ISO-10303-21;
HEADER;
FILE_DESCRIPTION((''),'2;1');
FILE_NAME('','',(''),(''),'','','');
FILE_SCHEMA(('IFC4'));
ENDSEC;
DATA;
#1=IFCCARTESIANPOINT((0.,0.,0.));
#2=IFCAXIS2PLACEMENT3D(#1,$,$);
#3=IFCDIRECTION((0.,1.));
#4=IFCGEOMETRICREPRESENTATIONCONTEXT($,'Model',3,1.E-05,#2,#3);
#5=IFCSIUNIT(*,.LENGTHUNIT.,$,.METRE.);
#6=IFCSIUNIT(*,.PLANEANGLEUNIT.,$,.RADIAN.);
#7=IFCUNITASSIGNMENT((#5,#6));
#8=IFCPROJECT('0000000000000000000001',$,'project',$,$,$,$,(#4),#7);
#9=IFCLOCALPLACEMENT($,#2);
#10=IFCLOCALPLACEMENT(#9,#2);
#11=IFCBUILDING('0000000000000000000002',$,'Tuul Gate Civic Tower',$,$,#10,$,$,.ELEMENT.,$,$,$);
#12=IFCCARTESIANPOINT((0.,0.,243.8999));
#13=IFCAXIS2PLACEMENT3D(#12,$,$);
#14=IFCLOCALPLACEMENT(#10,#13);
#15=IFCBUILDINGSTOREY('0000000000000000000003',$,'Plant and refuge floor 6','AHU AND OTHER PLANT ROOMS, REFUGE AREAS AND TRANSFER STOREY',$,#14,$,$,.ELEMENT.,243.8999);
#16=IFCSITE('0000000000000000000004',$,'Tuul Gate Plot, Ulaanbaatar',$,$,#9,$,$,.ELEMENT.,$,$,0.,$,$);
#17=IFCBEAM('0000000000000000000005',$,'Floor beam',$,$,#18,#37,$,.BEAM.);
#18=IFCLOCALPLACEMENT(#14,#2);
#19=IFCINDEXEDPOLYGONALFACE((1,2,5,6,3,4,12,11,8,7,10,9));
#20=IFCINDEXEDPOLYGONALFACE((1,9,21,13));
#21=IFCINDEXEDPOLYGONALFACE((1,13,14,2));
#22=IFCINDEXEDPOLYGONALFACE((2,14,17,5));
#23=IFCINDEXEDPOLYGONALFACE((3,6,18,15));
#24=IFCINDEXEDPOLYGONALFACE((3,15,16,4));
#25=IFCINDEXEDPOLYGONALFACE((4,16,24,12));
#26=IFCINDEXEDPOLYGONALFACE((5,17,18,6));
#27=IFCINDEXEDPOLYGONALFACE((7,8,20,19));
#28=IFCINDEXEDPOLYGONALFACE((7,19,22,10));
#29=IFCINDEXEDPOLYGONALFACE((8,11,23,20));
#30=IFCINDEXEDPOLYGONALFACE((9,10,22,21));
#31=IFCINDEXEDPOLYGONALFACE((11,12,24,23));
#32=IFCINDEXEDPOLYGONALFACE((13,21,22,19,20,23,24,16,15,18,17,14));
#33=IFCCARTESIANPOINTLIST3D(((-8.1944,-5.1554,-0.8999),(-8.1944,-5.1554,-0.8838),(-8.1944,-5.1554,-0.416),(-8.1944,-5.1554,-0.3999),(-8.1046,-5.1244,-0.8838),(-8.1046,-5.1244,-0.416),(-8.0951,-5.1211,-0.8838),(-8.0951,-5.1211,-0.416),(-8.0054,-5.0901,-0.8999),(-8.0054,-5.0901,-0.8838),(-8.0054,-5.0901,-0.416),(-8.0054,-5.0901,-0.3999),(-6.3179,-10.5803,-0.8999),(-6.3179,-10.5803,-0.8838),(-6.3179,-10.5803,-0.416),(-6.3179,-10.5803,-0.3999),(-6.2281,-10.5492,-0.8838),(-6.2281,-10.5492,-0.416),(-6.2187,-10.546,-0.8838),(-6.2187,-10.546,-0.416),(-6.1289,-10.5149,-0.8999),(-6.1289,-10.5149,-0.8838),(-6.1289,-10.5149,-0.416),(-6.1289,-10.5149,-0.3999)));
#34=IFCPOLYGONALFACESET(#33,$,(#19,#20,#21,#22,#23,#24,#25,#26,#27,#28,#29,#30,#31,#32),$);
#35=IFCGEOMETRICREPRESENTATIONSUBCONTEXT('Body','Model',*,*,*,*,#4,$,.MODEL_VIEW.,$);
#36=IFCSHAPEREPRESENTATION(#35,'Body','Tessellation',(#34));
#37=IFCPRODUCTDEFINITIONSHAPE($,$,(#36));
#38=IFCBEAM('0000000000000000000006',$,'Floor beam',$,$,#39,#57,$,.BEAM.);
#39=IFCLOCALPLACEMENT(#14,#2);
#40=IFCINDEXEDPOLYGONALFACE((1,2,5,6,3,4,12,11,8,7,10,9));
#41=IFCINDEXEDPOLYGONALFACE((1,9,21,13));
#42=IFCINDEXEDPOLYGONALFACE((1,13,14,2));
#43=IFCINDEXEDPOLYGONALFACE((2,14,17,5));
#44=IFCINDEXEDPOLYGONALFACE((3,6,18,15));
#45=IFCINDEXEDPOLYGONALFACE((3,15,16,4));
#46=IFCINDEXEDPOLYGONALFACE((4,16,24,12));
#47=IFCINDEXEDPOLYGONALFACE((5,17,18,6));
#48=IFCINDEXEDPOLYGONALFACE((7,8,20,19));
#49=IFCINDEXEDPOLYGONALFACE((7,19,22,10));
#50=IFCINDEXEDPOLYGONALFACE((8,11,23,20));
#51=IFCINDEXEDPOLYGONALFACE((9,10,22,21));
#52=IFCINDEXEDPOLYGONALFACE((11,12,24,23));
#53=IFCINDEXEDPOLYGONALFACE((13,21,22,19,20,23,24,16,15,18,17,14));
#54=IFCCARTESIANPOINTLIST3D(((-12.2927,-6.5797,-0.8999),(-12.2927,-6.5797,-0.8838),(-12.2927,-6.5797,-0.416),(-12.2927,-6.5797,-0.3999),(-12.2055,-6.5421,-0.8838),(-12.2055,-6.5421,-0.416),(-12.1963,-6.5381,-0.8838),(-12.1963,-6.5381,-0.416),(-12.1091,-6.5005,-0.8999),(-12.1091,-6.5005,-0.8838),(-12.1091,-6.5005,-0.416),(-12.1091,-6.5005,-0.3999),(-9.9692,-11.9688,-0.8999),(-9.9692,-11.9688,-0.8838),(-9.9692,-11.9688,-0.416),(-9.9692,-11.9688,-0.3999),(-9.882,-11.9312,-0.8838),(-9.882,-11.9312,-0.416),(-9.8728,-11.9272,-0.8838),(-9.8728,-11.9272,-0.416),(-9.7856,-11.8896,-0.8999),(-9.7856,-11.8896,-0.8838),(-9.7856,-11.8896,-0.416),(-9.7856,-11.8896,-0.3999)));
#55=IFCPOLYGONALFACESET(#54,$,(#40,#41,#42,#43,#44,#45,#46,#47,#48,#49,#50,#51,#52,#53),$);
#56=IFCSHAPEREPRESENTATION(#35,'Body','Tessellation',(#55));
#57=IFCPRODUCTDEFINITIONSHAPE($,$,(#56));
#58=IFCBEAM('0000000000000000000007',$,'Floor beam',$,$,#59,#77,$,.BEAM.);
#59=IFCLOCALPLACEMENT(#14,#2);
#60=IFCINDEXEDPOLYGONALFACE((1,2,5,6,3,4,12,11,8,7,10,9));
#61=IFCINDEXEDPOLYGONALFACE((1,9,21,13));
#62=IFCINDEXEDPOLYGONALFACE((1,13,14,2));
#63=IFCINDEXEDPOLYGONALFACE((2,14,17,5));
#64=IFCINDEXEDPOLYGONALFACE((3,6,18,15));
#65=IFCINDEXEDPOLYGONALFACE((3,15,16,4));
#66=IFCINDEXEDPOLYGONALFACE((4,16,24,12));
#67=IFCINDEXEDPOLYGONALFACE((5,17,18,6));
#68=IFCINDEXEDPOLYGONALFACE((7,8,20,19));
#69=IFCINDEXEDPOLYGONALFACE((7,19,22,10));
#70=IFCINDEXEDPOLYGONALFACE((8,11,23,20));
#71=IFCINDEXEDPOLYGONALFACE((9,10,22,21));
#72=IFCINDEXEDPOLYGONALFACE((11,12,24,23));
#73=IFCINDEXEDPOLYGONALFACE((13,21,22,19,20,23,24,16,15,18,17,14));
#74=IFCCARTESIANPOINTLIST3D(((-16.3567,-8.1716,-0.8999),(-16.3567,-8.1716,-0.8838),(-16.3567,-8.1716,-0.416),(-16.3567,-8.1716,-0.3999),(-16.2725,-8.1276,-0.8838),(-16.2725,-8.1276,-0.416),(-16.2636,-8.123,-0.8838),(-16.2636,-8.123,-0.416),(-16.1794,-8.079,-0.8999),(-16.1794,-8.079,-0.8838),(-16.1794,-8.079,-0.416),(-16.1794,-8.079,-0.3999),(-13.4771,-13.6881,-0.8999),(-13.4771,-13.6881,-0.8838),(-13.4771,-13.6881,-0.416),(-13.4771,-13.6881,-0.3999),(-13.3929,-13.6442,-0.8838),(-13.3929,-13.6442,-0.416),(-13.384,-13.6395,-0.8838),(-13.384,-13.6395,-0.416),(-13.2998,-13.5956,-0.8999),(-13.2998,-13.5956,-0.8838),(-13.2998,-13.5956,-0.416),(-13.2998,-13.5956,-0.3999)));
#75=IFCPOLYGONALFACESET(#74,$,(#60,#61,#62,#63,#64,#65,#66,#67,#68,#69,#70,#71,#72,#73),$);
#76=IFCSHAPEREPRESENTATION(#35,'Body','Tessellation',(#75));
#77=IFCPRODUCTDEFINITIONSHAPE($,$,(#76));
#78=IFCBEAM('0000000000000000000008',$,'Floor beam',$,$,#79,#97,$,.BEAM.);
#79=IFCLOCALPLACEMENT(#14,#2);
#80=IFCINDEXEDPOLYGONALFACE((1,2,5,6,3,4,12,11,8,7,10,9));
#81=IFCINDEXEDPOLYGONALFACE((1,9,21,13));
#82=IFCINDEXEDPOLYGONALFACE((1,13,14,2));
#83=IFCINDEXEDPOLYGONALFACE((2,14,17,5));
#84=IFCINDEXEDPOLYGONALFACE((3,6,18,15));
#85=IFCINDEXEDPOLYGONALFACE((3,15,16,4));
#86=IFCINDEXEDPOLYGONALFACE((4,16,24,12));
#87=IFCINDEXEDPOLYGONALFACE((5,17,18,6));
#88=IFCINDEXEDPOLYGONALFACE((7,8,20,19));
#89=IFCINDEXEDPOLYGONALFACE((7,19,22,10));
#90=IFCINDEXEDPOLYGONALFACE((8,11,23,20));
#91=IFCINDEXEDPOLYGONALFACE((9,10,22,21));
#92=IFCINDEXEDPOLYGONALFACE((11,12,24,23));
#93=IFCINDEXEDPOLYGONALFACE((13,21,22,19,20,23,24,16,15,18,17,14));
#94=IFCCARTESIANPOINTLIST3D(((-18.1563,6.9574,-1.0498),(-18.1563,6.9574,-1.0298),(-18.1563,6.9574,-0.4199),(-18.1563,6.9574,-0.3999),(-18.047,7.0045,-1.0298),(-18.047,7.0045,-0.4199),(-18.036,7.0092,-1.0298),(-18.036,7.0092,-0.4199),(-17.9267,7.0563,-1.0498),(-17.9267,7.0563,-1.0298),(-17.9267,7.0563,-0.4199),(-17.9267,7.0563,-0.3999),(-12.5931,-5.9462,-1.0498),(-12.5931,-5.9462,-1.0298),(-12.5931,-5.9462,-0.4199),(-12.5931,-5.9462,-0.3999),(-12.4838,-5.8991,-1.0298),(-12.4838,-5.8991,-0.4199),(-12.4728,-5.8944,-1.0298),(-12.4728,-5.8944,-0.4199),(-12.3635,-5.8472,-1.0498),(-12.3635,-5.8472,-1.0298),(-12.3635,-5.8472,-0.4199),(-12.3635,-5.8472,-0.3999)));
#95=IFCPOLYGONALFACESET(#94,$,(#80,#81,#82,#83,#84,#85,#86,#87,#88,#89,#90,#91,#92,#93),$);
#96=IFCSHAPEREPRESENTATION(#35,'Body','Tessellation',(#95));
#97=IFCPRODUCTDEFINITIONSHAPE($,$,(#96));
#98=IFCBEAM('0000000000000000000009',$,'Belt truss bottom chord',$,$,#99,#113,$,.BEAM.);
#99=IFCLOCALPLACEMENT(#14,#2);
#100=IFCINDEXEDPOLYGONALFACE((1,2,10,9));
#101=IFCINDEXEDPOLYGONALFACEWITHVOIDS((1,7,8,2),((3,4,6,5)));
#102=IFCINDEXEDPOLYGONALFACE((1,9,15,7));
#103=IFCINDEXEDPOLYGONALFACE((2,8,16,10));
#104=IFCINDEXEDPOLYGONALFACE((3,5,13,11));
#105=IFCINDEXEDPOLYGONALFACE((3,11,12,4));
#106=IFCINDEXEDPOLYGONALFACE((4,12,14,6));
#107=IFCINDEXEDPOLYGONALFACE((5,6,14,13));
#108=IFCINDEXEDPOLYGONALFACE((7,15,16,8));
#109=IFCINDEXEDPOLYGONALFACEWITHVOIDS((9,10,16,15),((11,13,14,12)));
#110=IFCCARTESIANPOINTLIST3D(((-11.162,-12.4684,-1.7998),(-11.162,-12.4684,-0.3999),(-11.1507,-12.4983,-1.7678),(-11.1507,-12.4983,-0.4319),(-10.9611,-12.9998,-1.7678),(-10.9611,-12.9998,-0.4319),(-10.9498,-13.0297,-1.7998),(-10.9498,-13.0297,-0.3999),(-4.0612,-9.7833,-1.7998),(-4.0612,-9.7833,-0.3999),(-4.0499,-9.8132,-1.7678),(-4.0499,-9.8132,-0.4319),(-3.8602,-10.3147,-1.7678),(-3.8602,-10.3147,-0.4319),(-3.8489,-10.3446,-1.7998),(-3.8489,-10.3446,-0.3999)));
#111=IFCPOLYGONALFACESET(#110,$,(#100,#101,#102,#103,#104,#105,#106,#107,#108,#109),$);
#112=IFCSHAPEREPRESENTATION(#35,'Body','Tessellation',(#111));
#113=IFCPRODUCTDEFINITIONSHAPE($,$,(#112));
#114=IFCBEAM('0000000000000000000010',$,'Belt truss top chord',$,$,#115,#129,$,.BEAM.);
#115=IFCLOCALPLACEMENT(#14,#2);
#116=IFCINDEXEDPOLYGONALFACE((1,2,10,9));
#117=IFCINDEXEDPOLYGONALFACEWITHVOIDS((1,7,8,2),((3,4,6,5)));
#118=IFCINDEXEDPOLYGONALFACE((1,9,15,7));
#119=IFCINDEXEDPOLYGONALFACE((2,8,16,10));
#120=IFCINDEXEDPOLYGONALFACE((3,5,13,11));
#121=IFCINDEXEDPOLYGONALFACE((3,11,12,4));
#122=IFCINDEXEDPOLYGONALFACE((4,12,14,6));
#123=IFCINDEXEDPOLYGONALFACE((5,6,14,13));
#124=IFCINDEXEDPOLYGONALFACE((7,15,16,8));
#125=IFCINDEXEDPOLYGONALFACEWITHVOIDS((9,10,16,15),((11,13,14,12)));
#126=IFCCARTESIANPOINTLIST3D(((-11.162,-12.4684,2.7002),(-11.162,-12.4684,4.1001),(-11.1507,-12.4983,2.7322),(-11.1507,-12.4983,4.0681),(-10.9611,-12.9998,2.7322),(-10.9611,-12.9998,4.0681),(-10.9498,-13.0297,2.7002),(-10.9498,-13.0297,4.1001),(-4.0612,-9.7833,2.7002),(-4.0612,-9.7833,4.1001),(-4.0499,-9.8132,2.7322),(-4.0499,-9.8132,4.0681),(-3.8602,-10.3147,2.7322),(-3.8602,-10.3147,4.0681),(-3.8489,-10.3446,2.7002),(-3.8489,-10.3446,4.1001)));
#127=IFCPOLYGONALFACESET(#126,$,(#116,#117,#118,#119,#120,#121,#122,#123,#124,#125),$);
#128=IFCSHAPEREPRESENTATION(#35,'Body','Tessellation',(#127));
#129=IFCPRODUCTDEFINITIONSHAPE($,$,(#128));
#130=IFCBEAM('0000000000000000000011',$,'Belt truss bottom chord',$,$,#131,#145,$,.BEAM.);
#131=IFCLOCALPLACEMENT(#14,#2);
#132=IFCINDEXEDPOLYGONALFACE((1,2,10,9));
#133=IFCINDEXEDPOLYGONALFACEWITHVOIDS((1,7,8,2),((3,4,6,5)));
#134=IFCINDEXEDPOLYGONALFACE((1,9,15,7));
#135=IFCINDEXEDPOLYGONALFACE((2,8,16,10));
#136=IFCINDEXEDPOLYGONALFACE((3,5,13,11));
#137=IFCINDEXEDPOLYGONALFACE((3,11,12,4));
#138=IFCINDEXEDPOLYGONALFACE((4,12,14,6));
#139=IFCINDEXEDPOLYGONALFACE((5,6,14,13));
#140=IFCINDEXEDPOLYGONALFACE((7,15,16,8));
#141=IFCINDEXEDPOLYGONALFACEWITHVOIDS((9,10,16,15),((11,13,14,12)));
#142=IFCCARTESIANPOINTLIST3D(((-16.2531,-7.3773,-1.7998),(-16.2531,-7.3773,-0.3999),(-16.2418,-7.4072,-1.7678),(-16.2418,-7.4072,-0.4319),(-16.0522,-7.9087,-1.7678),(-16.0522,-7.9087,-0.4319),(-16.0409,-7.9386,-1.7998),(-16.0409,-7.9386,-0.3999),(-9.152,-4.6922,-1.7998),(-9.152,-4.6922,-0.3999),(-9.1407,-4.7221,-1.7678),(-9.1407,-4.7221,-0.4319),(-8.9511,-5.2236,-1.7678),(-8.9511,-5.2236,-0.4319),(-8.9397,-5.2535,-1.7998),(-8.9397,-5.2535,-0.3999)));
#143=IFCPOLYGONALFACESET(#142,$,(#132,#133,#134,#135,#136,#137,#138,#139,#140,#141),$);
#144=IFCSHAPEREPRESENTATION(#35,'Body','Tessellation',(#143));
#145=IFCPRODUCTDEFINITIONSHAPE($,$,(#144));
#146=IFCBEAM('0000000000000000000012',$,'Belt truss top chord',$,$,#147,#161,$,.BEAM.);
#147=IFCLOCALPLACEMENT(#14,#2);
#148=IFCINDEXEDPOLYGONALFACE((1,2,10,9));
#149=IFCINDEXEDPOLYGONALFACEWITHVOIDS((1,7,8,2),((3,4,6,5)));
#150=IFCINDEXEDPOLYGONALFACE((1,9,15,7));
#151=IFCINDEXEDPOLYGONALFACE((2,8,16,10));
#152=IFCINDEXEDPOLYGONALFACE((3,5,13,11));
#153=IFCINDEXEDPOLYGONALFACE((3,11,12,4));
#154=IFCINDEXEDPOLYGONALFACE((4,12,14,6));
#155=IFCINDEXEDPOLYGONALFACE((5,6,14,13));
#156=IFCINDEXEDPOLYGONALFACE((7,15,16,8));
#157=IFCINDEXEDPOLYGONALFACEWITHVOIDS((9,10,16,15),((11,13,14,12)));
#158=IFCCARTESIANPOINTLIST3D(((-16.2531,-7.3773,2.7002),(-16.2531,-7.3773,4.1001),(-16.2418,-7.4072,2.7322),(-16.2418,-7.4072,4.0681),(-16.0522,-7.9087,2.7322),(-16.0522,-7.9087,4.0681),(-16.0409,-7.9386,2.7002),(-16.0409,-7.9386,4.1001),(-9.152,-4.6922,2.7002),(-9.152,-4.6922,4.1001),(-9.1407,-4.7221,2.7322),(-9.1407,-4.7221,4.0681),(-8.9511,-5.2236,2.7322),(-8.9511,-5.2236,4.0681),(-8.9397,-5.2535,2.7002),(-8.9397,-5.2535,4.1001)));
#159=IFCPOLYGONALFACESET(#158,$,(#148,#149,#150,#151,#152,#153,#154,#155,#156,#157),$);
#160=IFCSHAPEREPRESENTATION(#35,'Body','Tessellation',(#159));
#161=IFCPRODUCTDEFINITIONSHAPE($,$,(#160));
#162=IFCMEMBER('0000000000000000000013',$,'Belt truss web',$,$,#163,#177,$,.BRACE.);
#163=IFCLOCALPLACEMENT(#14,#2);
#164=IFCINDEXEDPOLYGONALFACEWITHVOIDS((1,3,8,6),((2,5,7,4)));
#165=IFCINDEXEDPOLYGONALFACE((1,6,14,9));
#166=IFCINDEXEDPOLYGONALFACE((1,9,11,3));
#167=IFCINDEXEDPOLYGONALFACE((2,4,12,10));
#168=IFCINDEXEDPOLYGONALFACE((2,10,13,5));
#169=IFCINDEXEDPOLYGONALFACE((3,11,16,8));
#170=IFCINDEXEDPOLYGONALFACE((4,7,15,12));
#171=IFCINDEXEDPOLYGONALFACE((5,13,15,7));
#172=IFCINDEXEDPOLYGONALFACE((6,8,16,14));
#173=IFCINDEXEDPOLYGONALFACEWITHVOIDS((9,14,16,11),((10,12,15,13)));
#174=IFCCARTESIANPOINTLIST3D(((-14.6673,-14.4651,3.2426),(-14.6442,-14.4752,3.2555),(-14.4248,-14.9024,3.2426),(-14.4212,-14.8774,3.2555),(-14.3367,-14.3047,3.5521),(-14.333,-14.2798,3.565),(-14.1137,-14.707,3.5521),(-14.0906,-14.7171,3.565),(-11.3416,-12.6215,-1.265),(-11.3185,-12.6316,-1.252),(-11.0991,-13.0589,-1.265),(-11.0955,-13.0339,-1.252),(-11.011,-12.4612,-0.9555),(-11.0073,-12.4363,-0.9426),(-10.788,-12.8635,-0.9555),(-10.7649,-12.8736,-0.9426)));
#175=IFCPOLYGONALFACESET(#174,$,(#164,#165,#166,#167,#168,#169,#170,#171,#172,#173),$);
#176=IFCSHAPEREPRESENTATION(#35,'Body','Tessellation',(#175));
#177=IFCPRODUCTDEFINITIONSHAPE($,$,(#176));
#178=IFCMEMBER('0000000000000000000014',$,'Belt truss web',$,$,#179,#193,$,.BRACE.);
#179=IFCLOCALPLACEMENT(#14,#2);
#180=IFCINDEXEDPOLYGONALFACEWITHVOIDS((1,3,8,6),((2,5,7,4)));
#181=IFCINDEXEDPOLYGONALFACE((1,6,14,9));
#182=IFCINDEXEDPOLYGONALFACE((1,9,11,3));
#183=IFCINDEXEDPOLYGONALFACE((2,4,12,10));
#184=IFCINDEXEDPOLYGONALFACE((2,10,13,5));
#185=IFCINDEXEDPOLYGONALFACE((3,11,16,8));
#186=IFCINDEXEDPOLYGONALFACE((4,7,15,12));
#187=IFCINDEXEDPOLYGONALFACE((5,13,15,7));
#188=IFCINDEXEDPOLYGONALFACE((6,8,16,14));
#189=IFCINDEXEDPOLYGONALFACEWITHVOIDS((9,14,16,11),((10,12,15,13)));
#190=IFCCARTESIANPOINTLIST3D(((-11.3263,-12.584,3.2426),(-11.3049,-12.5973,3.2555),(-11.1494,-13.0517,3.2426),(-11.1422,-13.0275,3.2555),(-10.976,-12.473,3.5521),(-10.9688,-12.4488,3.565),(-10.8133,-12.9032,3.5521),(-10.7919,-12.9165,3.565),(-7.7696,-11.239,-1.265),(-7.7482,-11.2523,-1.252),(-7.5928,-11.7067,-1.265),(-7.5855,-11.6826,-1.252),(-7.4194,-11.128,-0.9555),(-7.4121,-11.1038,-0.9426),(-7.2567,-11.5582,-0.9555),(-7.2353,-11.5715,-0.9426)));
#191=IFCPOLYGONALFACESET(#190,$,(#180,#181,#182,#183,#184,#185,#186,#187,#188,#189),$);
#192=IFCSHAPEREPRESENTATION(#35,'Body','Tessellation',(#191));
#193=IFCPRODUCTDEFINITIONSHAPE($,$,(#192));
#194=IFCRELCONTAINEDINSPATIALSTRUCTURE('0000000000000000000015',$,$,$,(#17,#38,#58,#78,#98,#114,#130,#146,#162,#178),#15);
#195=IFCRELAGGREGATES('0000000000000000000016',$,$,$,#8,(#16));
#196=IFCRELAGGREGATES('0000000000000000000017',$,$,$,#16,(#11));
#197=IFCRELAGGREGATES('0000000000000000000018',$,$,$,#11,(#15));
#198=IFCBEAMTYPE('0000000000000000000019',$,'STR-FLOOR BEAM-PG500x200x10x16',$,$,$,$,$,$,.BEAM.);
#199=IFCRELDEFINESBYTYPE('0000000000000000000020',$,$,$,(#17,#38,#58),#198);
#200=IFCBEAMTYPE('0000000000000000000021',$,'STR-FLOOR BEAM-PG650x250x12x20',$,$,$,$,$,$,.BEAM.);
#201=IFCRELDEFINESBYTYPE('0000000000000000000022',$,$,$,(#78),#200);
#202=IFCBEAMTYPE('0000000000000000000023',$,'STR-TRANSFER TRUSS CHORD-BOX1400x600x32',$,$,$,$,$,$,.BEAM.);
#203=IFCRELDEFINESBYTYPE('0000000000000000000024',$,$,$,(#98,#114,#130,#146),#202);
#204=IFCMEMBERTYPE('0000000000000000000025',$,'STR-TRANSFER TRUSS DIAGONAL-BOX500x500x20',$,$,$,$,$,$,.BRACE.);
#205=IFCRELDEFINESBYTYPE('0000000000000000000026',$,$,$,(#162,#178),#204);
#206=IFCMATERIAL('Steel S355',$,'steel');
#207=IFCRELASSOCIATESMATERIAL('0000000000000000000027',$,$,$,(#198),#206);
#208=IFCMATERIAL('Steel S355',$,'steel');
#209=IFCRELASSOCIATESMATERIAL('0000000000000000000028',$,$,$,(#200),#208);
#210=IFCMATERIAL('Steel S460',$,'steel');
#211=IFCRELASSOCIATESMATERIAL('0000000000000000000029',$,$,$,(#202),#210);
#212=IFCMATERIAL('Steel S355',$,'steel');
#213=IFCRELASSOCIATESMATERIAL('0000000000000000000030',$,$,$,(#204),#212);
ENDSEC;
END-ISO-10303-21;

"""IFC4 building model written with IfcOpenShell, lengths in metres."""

from ifc_helpers import new_model, si_unit, direction, frame, origin, origin_2d, place, context, subcontext, project, spatial, hollow_rectangle, i_section, extrude, material, material_profile, profile_set, type_object, element, save


model = new_model("IFC4")

# Units and contexts
model_context = context("Model", 3, precision=1e-05, world=origin(), true_north=direction((0.0, 1.0)))
body_context = subcontext(model_context, "Body", "Model", "MODEL_VIEW")
ifc_project = project(units=[si_unit("LENGTHUNIT", "METRE"), si_unit("PLANEANGLEUNIT", "RADIAN")], contexts=[model_context])

# Site, building, storey
site_placement = place(None, origin())
site = spatial("IfcSite", under=ifc_project, at=site_placement, Name="Tuul Gate Plot, Ulaanbaatar", CompositionType="ELEMENT", RefElevation=0.0)
building_placement = place(site_placement, origin())
building = spatial("IfcBuilding", under=site, at=building_placement, Name="Tuul Gate Civic Tower", CompositionType="ELEMENT")
storey_placement = place(building_placement, frame((0.0, 0.0, 243.8999)))
storey = spatial("IfcBuildingStorey", under=building, at=storey_placement, Name="Plant and refuge floor 6", Description="AHU AND OTHER PLANT ROOMS, REFUGE AREAS AND TRANSFER STOREY", CompositionType="ELEMENT", Elevation=243.8999)

# Beams
ifc_material_1 = material(Name="Steel S355", Category="steel")
ifc_material_profile_1 = material_profile(ifc_material_1, i_section(OverallWidth=0.2, OverallDepth=0.5, WebThickness=0.01, FlangeThickness=0.0161, at=origin_2d()), Name="PG500x200x10x16")
ifc_profile_set_1 = profile_set([ifc_material_profile_1], Name="Steel S355")
beam_type_1 = type_object("IfcBeamType", Name="STR-FLOOR BEAM-PG500x200x10x16", PredefinedType="BEAM", material=ifc_profile_set_1)
beam_1_placement = place(storey_placement, frame((-6.2234, -10.5476, -0.6499), z_axis=(-0.3269, 0.945059, 0.0), x_axis=(-0.945059, -0.3269, 0.0)))
element("IfcBeam", 1, at=beam_1_placement, inside=storey, type_object=beam_type_1, Name="Floor beam", PredefinedType="BEAM", context=body_context, shape_type="SweptSolid", body=[
    extrude(i_section(OverallWidth=0.2, OverallDepth=0.5, WebThickness=0.01, FlangeThickness=0.0161, at=origin_2d()), origin(), (0.0, 0.0, 1.0), 5.7402),
])
beam_2_placement = place(storey_placement, frame((-9.8774, -11.9292, -0.6499), z_axis=(-0.395912, 0.918289, 0.0), x_axis=(-0.918289, -0.395912, 0.0)))
element("IfcBeam", 2, at=beam_2_placement, inside=storey, type_object=beam_type_1, Name="Floor beam", PredefinedType="BEAM", context=body_context, shape_type="SweptSolid", body=[
    extrude(i_section(OverallWidth=0.2, OverallDepth=0.5, WebThickness=0.01, FlangeThickness=0.0161, at=origin_2d()), origin(), (0.0, 0.0, 1.0), 5.8687),
])
beam_3_placement = place(storey_placement, frame((-13.3884, -13.6418, -0.6499), z_axis=(-0.462744, 0.886492, 0.0), x_axis=(-0.886492, -0.462744, 0.0)))
element("IfcBeam", 3, at=beam_3_placement, inside=storey, type_object=beam_type_1, Name="Floor beam", PredefinedType="BEAM", context=body_context, shape_type="SweptSolid", body=[
    extrude(i_section(OverallWidth=0.2, OverallDepth=0.5, WebThickness=0.01, FlangeThickness=0.0161, at=origin_2d()), origin(), (0.0, 0.0, 1.0), 6.2229),
])
ifc_material_2 = material(Name="Steel S355", Category="steel")
ifc_material_profile_2 = material_profile(ifc_material_2, i_section(OverallWidth=0.25, OverallDepth=0.6499, WebThickness=0.012, FlangeThickness=0.02, at=origin_2d()), Name="PG650x250x12x20")
ifc_profile_set_2 = profile_set([ifc_material_profile_2], Name="Steel S355")
beam_type_2 = type_object("IfcBeamType", Name="STR-FLOOR BEAM-PG650x250x12x20", PredefinedType="BEAM", material=ifc_profile_set_2)
beam_4_placement = place(storey_placement, frame((-12.4783, -5.8967, -0.7249), z_axis=(-0.39591, 0.918289, 0.0), x_axis=(-0.918289, -0.39591, 0.0)))
element("IfcBeam", 4, at=beam_4_placement, inside=storey, type_object=beam_type_2, Name="Floor beam", PredefinedType="BEAM", context=body_context, shape_type="SweptSolid", body=[
    extrude(i_section(OverallWidth=0.25, OverallDepth=0.6499, WebThickness=0.012, FlangeThickness=0.02, at=origin_2d()), origin(), (0.0, 0.0, 1.0), 14.0518),
])
ifc_material_3 = material(Name="Steel S460", Category="steel")
ifc_material_profile_3 = material_profile(ifc_material_3, hollow_rectangle(XDim=0.6001, YDim=1.3999, WallThickness=0.032, at=origin_2d()), Name="BOX1400x600x32")
ifc_profile_set_3 = profile_set([ifc_material_profile_3], Name="Steel S460")
beam_type_3 = type_object("IfcBeamType", Name="STR-TRANSFER TRUSS CHORD-BOX1400x600x32", PredefinedType="BEAM", material=ifc_profile_set_3)
for number, where, z_axis, x_axis, name in (
    (5, (-11.0559, -12.749, -1.0999), (0.935362, 0.353691, 0.0), (-0.353691, 0.935362, 0.0), "Belt truss bottom chord"),
    (6, (-11.0559, -12.749, 3.4001), (0.935362, 0.353691, 0.0), (-0.353691, 0.935362, 0.0), "Belt truss top chord"),
):
    element("IfcBeam", number, at=place(storey_placement, frame(where, z_axis=z_axis, x_axis=x_axis)), inside=storey, type_object=beam_type_3, Name=name, PredefinedType="BEAM", context=body_context, shape_type="SweptSolid", body=[
        extrude(hollow_rectangle(XDim=0.6001, YDim=1.3999, WallThickness=0.032, at=origin_2d()), origin(), (0.0, 0.0, 1.0), 7.5916),
    ])
for number, where, z_axis, x_axis, name in (
    (7, (-16.147, -7.658, -1.0999), (0.935366, 0.353681, 0.0), (-0.353681, 0.935366, 0.0), "Belt truss bottom chord"),
    (8, (-16.147, -7.658, 3.4001), (0.935366, 0.353681, 0.0), (-0.353681, 0.935366, 0.0), "Belt truss top chord"),
):
    element("IfcBeam", number, at=place(storey_placement, frame(where, z_axis=z_axis, x_axis=x_axis)), inside=storey, type_object=beam_type_3, Name=name, PredefinedType="BEAM", context=body_context, shape_type="SweptSolid", body=[
        extrude(hollow_rectangle(XDim=0.6001, YDim=1.3999, WallThickness=0.032, at=origin_2d()), origin(), (0.0, 0.0, 1.0), 7.5918),
    ])

# Members
ifc_material_4 = material(Name="Steel S355", Category="steel")
ifc_material_profile_4 = material_profile(ifc_material_4, hollow_rectangle(XDim=0.5, YDim=0.5, WallThickness=0.02, at=origin_2d()), Name="BOX500x500x20")
ifc_profile_set_4 = profile_set([ifc_material_profile_4], Name="Steel S355")
member_type_1 = type_object("IfcMemberType", Name="STR-TRANSFER TRUSS DIAGONAL-BOX500x500x20", PredefinedType="BRACE", material=ifc_profile_set_4)
for number, where, z_axis, x_axis, name in (
    (9, (-11.0532, -12.7476, -1.1038), (-0.563944, -0.312607, 0.764359), (0.48482, -0.874614, 0.0), "Belt truss web"),
    (10, (-7.5024, -11.4053, -1.1038), (-0.603108, -0.22807, 0.764359), (0.353711, -0.935355, 0.0), "Belt truss web"),
):
    element("IfcMember", number, at=place(storey_placement, frame(where, z_axis=z_axis, x_axis=x_axis)), inside=storey, type_object=member_type_1, Name=name, PredefinedType="BRACE", context=body_context, shape_type="SweptSolid", body=[
        extrude(hollow_rectangle(XDim=0.5, YDim=0.5, WallThickness=0.02, at=origin_2d()), origin(), (0.0, 0.0, 1.0), 5.8972),
    ])

save(model, "model.ifc")
